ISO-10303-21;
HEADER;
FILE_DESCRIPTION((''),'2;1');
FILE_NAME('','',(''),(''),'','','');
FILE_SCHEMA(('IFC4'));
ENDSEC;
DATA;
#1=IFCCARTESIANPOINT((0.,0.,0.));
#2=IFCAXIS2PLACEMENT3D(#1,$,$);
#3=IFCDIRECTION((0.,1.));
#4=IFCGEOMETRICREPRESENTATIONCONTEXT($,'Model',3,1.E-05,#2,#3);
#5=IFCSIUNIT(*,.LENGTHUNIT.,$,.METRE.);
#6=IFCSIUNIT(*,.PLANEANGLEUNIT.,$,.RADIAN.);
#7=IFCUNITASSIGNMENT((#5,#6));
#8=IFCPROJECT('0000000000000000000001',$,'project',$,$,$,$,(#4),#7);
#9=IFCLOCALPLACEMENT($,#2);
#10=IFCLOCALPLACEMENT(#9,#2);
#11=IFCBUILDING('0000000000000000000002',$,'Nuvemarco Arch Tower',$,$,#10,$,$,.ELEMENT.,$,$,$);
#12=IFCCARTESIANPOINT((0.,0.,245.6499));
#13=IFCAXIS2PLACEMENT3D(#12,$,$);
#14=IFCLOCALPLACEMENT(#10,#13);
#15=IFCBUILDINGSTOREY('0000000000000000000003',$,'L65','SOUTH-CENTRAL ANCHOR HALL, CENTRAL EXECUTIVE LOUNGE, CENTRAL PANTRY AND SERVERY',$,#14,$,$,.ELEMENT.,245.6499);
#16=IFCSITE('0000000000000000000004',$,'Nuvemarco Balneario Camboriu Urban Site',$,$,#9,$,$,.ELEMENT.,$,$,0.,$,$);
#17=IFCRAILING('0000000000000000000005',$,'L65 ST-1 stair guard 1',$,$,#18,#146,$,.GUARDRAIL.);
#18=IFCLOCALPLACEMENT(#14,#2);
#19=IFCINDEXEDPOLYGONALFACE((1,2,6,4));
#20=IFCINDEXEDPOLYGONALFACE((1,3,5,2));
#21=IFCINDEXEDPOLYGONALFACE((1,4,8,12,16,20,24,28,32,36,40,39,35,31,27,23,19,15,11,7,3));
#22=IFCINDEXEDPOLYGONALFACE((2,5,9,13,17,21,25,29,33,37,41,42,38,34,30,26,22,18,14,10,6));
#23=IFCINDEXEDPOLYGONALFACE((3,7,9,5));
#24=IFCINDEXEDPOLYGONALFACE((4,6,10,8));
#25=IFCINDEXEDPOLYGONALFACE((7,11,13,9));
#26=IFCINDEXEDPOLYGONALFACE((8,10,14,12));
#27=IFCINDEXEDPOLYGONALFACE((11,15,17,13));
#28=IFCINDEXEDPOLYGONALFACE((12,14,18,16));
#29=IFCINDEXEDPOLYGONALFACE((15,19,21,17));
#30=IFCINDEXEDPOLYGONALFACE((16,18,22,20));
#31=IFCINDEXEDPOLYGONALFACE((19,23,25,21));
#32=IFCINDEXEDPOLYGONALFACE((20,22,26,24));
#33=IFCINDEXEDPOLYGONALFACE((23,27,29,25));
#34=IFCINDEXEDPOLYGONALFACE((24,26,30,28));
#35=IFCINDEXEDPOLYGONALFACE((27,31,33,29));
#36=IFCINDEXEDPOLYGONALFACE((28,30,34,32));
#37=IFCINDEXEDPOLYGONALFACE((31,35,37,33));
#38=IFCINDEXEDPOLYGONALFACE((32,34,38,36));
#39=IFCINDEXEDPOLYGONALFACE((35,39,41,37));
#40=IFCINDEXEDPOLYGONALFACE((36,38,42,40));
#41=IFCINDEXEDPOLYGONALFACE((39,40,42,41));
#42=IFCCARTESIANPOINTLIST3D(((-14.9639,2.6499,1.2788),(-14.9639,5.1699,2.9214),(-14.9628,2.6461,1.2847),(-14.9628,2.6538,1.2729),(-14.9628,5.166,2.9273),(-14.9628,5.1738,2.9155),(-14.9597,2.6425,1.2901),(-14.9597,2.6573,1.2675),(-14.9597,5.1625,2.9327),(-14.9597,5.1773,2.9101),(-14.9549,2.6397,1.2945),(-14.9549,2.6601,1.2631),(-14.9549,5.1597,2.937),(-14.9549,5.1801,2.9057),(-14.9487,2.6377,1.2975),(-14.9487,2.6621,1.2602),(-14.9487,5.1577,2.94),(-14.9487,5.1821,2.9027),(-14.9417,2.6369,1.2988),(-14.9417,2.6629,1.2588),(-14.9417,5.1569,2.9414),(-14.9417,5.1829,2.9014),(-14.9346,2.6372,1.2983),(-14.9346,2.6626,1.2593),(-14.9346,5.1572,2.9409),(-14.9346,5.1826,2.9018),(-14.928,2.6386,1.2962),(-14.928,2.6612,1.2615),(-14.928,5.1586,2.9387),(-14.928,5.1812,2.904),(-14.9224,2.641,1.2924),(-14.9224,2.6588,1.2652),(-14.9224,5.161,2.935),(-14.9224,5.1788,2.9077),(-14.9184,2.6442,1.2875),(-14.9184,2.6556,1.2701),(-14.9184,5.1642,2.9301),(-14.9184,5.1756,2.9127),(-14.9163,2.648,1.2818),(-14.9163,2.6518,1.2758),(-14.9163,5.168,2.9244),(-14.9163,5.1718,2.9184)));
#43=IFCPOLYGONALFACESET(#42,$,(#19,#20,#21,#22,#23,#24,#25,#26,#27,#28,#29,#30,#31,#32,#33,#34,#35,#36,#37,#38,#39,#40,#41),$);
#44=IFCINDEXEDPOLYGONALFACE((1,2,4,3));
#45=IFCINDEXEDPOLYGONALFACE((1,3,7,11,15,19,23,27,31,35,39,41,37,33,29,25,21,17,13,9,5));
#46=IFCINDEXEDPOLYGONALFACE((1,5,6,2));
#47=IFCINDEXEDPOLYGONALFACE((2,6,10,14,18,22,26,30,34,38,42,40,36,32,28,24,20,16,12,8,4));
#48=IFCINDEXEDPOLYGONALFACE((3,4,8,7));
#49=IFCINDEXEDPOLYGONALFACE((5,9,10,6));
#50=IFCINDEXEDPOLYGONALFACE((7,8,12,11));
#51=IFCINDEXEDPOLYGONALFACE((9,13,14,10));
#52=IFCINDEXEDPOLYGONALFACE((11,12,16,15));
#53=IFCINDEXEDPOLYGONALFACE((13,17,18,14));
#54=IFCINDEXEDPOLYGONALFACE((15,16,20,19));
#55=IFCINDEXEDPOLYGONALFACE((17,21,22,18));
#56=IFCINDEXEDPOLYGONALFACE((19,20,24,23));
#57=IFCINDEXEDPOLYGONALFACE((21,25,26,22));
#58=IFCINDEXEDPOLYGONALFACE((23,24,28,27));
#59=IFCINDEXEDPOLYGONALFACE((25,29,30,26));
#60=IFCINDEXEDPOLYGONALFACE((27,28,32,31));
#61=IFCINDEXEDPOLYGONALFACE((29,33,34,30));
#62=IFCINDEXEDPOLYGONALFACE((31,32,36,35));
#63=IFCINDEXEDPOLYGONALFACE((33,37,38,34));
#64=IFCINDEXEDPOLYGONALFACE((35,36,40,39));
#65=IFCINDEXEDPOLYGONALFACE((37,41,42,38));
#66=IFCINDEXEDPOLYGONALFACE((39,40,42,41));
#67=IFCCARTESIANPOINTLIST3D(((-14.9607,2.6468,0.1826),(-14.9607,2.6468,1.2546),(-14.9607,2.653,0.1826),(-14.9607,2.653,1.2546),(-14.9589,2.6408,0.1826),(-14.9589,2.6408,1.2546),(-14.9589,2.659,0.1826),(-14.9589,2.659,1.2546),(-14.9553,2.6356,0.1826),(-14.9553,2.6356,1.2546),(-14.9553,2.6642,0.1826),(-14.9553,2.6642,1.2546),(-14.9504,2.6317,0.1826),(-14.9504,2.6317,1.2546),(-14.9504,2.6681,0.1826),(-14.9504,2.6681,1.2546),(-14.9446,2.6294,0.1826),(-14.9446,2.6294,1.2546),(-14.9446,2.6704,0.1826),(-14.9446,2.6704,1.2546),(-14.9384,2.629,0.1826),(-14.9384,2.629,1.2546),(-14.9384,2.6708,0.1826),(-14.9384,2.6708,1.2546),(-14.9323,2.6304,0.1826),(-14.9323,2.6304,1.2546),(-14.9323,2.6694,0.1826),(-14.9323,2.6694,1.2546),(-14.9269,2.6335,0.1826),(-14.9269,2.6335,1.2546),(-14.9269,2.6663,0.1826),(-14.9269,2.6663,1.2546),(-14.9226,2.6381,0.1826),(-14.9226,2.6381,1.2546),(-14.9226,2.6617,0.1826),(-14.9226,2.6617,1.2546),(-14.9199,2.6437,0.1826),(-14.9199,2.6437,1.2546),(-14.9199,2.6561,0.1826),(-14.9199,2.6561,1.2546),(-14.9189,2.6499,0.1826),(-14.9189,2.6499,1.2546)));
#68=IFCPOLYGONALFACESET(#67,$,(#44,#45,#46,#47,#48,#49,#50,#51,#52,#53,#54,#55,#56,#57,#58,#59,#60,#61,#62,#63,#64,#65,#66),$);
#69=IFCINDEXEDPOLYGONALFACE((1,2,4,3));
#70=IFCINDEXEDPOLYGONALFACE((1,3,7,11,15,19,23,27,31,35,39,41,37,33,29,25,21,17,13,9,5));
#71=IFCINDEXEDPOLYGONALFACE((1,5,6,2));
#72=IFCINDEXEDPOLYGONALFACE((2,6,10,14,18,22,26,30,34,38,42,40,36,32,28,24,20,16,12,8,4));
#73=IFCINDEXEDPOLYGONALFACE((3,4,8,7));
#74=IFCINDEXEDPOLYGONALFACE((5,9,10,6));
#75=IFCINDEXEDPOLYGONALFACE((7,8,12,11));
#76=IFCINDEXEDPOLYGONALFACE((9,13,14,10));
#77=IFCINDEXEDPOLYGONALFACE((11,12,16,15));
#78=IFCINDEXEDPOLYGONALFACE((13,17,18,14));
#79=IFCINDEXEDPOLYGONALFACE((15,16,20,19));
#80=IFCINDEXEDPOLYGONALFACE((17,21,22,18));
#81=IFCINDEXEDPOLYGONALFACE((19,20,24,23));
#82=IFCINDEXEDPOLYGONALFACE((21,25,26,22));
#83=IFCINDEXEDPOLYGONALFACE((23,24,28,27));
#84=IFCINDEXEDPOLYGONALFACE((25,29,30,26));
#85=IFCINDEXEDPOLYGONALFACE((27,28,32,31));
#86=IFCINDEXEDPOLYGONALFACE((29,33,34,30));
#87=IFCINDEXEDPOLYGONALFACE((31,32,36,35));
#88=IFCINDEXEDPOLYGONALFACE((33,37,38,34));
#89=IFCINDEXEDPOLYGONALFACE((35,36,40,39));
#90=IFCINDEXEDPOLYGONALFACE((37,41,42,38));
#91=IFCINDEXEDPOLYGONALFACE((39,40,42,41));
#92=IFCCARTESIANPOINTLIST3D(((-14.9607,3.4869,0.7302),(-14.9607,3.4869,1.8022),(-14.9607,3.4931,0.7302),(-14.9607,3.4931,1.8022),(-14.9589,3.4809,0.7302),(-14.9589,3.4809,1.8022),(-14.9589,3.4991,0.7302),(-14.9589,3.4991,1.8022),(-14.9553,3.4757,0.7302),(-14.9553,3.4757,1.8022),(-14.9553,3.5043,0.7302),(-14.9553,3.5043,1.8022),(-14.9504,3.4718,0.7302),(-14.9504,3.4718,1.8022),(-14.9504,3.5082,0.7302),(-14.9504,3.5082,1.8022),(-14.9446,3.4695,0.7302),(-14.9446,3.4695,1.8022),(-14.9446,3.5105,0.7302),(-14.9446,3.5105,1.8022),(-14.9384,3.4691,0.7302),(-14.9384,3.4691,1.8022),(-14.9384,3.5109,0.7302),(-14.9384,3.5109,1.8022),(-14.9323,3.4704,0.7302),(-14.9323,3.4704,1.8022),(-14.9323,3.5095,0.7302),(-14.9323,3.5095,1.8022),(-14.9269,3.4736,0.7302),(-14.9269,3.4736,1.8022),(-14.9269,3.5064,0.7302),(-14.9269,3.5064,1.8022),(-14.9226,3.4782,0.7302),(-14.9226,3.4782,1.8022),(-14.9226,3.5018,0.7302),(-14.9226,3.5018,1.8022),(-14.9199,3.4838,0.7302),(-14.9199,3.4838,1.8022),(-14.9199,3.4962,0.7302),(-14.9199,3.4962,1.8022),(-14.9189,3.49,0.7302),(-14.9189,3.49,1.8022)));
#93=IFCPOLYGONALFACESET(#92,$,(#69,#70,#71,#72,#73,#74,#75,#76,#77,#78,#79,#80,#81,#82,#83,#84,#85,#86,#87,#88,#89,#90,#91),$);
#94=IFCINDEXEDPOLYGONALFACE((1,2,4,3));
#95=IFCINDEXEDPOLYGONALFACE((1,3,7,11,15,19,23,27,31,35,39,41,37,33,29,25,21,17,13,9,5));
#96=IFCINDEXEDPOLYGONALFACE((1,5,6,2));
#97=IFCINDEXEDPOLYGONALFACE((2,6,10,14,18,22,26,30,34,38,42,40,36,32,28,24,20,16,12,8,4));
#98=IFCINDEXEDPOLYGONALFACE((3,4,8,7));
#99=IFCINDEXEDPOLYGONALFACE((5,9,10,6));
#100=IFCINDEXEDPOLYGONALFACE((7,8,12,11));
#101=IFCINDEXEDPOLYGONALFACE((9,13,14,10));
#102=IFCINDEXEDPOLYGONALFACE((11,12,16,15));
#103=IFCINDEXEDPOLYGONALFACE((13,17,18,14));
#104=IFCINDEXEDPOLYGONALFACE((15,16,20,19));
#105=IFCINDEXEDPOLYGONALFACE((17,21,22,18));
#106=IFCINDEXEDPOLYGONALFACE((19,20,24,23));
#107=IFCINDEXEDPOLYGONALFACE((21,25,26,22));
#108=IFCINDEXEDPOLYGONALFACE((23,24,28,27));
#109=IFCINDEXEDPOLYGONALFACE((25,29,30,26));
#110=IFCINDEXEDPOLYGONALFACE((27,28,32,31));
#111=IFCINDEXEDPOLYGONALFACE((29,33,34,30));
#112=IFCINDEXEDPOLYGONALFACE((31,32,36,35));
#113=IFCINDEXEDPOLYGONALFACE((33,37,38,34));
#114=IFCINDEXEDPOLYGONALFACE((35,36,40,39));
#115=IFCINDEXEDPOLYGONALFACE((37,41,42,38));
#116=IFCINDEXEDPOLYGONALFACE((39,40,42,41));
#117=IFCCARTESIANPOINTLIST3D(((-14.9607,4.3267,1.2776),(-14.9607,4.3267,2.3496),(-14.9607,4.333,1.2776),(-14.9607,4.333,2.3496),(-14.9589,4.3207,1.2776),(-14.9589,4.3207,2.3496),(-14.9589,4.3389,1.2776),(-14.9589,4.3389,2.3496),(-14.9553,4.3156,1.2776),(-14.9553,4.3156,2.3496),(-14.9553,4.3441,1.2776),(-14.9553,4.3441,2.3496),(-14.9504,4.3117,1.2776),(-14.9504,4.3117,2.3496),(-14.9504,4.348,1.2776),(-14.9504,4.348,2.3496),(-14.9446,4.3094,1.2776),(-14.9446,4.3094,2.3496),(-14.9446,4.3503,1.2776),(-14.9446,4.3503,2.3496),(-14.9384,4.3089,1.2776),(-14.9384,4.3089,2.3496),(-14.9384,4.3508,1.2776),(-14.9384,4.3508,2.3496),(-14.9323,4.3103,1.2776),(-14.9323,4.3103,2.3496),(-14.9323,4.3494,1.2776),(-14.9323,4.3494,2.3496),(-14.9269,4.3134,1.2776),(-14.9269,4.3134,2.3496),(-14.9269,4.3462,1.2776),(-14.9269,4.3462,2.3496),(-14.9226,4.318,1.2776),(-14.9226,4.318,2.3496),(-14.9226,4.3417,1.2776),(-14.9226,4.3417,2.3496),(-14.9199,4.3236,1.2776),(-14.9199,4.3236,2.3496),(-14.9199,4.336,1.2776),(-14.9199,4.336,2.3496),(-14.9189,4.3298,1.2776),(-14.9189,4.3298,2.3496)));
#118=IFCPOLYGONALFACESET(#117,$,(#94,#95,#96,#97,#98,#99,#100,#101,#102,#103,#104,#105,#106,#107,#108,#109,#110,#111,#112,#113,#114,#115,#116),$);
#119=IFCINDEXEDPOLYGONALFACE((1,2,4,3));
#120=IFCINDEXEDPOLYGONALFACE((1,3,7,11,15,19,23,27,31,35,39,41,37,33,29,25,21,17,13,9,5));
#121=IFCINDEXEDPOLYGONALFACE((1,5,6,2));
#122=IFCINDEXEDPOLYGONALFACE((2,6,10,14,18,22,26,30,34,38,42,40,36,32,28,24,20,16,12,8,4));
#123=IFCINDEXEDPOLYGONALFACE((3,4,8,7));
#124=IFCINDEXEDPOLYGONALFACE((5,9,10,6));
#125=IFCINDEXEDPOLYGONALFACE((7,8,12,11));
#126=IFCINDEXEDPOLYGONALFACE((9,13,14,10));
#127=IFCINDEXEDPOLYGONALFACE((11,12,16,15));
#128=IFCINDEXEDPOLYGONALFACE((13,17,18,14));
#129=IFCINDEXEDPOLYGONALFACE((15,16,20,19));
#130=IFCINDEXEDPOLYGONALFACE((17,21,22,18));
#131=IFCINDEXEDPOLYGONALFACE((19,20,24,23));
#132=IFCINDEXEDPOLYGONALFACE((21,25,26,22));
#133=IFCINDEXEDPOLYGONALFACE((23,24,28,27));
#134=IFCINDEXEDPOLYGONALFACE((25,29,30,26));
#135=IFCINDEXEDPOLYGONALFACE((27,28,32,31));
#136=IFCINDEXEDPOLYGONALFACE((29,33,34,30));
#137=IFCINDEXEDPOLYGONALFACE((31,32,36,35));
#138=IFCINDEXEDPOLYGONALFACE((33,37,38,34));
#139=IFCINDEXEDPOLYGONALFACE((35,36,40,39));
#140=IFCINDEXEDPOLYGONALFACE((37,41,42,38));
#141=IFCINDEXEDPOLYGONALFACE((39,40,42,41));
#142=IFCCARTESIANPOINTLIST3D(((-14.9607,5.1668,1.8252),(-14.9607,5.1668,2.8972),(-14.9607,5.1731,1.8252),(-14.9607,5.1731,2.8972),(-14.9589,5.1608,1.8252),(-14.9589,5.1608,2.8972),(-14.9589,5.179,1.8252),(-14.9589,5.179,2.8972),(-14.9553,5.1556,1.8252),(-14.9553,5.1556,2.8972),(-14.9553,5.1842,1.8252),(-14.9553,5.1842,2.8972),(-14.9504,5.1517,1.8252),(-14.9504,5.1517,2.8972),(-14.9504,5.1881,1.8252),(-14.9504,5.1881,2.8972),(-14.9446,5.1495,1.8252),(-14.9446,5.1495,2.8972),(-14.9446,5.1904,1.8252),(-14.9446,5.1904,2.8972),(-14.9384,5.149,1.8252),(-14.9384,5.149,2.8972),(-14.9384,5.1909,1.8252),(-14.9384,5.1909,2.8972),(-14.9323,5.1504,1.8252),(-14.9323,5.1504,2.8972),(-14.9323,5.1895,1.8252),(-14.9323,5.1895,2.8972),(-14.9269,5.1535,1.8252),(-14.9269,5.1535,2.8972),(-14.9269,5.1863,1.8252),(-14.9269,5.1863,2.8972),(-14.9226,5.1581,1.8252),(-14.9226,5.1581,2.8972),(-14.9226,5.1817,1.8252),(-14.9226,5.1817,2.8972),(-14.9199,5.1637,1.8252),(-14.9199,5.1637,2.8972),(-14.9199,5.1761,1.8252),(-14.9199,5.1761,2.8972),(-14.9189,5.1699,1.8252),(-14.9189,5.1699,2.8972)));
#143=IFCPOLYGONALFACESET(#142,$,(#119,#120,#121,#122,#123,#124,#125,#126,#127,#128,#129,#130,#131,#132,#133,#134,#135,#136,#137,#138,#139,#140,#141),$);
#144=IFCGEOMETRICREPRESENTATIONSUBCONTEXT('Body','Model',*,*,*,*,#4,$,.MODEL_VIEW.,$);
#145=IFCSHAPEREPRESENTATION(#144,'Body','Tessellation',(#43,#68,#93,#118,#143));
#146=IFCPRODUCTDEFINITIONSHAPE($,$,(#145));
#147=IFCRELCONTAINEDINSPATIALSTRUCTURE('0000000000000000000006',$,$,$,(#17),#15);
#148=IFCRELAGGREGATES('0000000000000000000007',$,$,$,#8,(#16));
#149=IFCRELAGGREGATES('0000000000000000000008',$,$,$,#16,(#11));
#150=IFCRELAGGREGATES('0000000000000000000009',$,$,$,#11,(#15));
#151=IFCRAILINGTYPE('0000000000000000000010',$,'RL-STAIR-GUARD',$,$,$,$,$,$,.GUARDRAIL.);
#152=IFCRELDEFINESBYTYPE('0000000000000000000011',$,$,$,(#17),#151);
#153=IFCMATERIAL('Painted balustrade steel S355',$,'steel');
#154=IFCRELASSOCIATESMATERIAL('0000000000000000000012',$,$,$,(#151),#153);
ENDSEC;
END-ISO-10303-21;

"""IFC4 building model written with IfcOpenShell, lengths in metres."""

from ifc_helpers import new_model, si_unit, direction, frame, origin, origin_2d, place, context, subcontext, project, spatial, circle, extrude, material, type_object, element, save


model = new_model("IFC4")

# Units and contexts
model_context = context("Model", 3, precision=1e-05, world=origin(), true_north=direction((0.0, 1.0)))
body_context = subcontext(model_context, "Body", "Model", "MODEL_VIEW")
ifc_project = project(units=[si_unit("LENGTHUNIT", "METRE"), si_unit("PLANEANGLEUNIT", "RADIAN")], contexts=[model_context])

# Site, building, storey
site_placement = place(None, origin())
site = spatial("IfcSite", under=ifc_project, at=site_placement, Name="Nuvemarco Balneario Camboriu Urban Site", CompositionType="ELEMENT", RefElevation=0.0)
building_placement = place(site_placement, origin())
building = spatial("IfcBuilding", under=site, at=building_placement, Name="Nuvemarco Arch Tower", CompositionType="ELEMENT")
storey_placement = place(building_placement, frame((0.0, 0.0, 245.6499)))
storey = spatial("IfcBuildingStorey", under=building, at=storey_placement, Name="L65", Description="SOUTH-CENTRAL ANCHOR HALL, CENTRAL EXECUTIVE LOUNGE, CENTRAL PANTRY AND SERVERY", CompositionType="ELEMENT", Elevation=245.6499)

# Railing
ifc_material_1 = material(Name="Painted balustrade steel S355", Category="steel")
railing_type_1 = type_object("IfcRailingType", Name="RL-STAIR-GUARD", PredefinedType="GUARDRAIL", material=ifc_material_1)
railing_1_placement = place(storey_placement, frame((-14.9399, 2.6499, 0.1826)))
element("IfcRailing", 1, at=railing_1_placement, inside=storey, type_object=railing_type_1, Name="L65 ST-1 stair guard 1", PredefinedType="GUARDRAIL", context=body_context, shape_type="SweptSolid", body=[
    extrude(circle(Radius=0.0239, at=origin_2d()), frame((0.0, 0.0, 1.0962), z_axis=(0.0, 0.837749, 0.546055), x_axis=(-1.0, 0.0, 0.0)), (0.0, 0.0, 1.0), 3.0081),
    extrude(circle(Radius=0.021, at=origin_2d()), origin(), (0.0, 0.0, 1.0), 1.072),
    extrude(circle(Radius=0.021, at=origin_2d()), frame((0.0, 0.8401, 0.5476)), (0.0, 0.0, 1.0), 1.072),
    extrude(circle(Radius=0.021, at=origin_2d()), frame((0.0, 1.6799, 1.095)), (0.0, 0.0, 1.0), 1.072),
    extrude(circle(Radius=0.021, at=origin_2d()), frame((0.0, 2.52, 1.6426)), (0.0, 0.0, 1.0), 1.072),
])

save(model, "model.ifc")
